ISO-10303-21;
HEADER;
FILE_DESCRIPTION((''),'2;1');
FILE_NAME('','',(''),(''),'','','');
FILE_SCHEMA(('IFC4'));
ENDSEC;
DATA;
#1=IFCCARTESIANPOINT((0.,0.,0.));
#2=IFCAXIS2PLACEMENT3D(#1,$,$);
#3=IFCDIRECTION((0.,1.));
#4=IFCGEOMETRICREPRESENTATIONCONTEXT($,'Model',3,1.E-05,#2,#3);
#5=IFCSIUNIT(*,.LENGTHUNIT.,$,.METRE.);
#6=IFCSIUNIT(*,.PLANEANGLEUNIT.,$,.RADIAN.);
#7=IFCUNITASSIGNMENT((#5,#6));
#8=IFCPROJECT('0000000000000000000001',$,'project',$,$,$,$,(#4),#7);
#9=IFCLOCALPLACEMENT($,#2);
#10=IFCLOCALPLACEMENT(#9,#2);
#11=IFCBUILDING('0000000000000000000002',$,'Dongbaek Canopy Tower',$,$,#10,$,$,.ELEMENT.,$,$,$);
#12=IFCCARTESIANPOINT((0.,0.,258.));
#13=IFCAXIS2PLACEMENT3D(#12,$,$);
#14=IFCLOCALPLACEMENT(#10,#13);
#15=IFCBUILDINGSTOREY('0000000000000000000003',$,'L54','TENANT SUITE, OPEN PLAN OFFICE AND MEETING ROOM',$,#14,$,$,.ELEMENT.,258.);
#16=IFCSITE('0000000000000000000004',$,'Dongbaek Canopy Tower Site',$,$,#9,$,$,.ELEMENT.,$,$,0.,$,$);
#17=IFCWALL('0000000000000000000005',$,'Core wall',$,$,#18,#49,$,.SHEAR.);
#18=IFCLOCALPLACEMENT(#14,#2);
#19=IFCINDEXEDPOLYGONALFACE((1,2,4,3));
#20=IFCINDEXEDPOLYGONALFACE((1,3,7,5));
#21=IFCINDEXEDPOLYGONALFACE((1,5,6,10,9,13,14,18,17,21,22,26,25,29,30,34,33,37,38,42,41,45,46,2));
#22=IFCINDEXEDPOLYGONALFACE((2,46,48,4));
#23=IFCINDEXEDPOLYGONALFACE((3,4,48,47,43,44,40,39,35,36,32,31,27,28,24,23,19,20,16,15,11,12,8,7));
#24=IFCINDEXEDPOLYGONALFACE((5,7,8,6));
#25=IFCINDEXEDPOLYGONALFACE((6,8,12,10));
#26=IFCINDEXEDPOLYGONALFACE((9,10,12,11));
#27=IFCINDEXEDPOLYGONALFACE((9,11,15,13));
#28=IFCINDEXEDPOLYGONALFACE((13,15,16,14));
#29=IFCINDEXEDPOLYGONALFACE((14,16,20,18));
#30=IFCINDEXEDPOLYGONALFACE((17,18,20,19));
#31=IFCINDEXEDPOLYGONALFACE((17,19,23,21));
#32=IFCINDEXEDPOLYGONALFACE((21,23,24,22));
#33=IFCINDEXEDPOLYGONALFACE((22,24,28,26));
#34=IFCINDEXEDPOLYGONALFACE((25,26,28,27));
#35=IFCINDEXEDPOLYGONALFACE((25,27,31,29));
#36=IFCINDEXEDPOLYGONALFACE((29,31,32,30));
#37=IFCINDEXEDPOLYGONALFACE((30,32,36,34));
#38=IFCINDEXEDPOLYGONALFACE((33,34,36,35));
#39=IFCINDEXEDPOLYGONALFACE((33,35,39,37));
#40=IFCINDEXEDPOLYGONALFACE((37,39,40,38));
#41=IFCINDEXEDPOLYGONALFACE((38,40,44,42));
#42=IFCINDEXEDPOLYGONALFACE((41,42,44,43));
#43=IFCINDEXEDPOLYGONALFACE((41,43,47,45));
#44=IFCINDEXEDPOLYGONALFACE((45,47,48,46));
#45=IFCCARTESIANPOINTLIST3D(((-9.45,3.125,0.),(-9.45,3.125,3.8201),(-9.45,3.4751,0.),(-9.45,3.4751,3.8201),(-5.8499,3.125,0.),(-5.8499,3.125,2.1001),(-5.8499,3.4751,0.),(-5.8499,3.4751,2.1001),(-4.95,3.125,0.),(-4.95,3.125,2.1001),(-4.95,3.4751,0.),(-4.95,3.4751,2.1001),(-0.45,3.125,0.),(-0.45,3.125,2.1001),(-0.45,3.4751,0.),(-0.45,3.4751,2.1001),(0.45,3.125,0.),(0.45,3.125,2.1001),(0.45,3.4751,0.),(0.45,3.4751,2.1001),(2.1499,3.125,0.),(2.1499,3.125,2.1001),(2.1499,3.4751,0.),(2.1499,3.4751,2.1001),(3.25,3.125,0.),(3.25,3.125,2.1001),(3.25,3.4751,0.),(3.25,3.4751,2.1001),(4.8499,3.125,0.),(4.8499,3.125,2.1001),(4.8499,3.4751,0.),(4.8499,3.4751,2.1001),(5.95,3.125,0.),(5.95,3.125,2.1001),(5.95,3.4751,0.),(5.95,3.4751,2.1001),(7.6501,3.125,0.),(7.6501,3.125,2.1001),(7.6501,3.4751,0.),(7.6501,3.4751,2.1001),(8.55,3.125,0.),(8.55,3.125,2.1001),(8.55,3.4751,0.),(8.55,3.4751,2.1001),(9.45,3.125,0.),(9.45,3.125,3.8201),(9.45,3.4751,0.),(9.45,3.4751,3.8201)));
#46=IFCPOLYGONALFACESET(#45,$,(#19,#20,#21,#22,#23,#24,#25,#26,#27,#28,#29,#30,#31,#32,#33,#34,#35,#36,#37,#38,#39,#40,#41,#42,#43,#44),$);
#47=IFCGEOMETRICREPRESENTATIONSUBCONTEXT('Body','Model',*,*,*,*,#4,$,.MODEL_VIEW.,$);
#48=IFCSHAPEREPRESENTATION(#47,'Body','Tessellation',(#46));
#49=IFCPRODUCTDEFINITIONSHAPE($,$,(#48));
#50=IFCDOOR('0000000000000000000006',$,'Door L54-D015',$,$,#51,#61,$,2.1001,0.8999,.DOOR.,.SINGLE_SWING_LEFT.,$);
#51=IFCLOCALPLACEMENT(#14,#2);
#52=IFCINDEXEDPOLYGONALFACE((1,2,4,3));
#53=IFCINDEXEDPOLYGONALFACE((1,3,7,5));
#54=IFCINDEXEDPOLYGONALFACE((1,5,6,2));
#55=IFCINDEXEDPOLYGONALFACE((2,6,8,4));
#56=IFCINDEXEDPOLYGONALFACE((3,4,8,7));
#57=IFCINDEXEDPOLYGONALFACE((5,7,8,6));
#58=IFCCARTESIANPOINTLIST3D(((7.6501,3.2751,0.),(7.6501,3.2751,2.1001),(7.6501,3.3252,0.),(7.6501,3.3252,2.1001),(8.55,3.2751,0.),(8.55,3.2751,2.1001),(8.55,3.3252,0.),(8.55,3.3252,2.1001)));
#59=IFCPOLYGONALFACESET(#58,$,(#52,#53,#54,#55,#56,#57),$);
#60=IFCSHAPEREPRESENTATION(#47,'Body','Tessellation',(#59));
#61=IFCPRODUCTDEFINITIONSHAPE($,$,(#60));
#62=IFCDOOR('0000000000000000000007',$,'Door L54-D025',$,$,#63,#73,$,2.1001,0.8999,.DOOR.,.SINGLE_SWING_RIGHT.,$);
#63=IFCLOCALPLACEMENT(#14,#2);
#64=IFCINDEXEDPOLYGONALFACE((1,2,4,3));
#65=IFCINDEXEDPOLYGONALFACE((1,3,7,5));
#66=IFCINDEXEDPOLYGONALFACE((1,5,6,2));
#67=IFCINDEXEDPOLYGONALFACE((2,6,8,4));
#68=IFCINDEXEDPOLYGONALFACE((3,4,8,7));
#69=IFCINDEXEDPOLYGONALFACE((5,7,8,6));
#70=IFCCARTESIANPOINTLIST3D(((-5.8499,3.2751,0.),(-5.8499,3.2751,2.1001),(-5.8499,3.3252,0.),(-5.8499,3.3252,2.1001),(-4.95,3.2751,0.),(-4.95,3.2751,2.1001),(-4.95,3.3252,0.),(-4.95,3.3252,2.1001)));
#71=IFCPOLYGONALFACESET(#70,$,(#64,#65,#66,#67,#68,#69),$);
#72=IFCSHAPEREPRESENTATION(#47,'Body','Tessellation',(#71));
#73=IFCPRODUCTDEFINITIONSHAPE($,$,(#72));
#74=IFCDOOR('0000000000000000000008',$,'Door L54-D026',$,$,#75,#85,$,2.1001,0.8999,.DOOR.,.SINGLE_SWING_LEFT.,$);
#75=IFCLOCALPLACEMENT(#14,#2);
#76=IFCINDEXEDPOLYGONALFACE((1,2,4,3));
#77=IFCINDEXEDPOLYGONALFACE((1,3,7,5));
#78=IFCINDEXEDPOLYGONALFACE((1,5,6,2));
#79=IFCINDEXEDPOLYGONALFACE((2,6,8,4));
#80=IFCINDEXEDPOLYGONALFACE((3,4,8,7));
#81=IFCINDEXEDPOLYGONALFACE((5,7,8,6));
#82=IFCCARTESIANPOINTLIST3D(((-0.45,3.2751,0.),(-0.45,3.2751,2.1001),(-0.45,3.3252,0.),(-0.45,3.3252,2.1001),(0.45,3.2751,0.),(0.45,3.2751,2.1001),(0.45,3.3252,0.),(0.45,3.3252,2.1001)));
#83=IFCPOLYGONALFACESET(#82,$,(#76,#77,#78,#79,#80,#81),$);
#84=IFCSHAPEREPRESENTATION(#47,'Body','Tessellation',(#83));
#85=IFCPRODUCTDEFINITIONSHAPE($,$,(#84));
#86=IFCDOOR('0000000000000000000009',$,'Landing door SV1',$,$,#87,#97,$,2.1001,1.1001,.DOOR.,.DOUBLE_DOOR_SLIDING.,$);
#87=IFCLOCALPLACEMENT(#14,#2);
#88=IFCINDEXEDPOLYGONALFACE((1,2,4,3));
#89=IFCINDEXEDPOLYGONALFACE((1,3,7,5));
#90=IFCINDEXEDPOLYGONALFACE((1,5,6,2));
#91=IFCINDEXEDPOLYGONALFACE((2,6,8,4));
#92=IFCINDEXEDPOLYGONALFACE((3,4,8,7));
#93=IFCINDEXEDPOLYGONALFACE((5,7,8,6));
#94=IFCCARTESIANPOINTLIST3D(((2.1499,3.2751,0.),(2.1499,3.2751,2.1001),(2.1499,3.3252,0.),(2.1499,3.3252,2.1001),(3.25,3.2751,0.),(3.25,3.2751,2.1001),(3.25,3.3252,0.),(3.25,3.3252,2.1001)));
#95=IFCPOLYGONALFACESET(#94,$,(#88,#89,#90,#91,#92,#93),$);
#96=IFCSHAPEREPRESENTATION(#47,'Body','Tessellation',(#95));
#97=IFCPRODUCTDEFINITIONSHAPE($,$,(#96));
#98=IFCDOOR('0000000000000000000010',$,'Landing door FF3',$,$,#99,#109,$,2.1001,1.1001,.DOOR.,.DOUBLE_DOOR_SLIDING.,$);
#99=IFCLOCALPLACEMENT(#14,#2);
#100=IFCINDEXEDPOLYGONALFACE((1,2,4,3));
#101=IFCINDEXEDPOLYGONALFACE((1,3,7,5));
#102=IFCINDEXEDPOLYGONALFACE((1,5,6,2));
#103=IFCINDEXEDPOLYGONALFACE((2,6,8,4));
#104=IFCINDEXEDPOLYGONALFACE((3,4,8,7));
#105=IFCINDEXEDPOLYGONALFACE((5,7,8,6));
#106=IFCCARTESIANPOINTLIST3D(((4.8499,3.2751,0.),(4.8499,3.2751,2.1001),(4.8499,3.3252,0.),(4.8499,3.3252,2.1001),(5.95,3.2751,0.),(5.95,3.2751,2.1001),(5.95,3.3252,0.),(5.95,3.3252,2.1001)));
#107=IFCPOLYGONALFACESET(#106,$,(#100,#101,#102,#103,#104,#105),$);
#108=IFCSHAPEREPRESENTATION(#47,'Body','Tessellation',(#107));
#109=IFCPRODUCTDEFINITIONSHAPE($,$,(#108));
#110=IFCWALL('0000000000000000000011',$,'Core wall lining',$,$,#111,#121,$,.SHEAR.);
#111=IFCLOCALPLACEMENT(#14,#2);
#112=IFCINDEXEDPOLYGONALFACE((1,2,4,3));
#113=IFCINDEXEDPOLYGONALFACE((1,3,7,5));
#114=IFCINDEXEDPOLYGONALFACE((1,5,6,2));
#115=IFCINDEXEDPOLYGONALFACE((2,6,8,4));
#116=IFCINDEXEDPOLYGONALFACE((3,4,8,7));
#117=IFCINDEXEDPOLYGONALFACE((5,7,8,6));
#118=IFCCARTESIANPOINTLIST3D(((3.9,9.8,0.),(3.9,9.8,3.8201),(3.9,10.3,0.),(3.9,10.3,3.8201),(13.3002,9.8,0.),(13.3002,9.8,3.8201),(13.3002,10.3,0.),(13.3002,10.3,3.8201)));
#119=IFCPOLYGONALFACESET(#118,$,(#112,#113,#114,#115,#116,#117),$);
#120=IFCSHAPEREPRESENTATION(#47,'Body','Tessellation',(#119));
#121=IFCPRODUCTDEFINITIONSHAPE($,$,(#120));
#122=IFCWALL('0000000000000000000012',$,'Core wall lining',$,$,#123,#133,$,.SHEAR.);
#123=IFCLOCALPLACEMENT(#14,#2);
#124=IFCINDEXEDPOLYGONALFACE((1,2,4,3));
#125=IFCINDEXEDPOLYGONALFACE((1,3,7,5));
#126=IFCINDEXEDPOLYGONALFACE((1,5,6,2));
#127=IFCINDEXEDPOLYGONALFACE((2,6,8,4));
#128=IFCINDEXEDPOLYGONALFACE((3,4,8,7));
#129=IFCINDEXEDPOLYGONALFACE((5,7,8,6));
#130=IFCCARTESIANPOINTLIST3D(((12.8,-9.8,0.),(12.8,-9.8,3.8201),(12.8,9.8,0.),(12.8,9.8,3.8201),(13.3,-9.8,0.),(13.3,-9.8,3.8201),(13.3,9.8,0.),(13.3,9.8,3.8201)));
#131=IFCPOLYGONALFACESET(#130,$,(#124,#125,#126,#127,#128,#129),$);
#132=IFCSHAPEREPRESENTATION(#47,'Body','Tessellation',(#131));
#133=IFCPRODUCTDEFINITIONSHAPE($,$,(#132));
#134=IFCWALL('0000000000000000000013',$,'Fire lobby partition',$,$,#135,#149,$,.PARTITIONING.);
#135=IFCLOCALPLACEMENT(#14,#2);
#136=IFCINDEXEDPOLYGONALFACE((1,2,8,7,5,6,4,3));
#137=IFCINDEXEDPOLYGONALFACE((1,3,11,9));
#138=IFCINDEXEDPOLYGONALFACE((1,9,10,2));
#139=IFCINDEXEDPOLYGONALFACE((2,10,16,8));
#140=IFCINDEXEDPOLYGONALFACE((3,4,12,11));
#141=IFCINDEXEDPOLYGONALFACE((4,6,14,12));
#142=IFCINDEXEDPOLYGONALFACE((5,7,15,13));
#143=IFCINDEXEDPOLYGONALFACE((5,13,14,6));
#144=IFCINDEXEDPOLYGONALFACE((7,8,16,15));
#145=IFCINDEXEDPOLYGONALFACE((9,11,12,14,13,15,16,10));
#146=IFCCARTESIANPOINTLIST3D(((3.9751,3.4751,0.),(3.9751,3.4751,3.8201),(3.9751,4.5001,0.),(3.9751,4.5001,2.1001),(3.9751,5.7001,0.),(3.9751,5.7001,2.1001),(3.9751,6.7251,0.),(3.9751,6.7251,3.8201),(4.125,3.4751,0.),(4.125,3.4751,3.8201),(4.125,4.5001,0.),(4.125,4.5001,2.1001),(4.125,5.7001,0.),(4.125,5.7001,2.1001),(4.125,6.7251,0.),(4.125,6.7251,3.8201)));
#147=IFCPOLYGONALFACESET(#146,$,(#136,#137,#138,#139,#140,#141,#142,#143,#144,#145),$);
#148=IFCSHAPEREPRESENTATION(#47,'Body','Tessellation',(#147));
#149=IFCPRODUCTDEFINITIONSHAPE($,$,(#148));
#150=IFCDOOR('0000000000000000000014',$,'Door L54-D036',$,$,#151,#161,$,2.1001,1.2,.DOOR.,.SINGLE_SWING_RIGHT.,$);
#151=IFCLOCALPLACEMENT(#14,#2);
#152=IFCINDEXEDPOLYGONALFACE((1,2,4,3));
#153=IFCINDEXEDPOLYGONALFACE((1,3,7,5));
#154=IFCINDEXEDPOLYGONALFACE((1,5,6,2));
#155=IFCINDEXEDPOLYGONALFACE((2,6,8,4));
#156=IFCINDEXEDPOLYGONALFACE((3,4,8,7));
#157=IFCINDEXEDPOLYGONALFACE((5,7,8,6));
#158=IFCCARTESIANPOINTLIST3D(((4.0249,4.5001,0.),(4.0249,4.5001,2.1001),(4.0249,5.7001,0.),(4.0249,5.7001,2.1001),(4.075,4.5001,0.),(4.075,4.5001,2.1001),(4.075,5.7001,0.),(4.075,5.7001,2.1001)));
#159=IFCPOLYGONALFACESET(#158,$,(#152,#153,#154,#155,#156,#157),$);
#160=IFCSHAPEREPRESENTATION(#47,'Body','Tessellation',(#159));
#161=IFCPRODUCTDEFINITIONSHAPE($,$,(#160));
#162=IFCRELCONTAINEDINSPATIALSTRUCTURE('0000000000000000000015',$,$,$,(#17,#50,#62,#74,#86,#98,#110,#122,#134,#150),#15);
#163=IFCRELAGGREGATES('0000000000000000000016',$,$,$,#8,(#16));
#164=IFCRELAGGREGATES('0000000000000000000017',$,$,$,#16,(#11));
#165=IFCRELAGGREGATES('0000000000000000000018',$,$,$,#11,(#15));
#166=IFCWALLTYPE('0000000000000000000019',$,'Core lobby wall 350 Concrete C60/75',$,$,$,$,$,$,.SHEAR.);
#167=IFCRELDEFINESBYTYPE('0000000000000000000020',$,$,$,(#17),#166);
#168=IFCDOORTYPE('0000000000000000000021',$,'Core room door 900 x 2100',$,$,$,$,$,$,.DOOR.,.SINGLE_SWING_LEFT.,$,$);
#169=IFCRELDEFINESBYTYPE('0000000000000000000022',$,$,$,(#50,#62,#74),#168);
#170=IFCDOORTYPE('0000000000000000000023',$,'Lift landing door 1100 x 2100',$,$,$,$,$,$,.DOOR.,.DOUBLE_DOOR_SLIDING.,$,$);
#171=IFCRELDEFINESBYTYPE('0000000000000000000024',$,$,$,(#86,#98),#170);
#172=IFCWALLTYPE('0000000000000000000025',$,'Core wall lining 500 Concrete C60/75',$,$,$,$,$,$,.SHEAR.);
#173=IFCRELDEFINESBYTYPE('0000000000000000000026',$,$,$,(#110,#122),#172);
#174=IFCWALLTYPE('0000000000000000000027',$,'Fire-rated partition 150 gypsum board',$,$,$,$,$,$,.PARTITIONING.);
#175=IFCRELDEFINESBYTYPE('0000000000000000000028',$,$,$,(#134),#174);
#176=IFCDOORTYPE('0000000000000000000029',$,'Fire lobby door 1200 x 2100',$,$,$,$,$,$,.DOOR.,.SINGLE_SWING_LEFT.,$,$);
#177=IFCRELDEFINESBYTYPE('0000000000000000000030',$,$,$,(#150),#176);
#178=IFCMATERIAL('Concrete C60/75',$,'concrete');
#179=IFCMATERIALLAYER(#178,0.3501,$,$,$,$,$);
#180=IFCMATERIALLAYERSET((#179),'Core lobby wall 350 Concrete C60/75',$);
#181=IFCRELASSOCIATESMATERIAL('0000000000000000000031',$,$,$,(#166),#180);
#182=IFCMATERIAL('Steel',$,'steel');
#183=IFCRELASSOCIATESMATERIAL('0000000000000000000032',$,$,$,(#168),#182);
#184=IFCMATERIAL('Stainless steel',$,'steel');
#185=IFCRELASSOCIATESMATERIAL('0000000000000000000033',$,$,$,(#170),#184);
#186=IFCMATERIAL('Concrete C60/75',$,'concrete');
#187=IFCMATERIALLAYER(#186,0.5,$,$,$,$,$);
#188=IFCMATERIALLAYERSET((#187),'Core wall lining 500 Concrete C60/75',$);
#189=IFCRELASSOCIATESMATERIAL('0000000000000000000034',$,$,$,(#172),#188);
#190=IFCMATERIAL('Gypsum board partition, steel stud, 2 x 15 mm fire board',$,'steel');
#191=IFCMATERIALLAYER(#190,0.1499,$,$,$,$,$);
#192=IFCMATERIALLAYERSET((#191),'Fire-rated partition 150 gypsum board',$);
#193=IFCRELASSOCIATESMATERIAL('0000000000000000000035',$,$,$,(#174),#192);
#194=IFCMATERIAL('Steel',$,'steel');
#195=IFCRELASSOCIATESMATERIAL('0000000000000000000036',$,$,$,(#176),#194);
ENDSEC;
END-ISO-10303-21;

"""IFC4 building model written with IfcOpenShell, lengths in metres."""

from ifc_helpers import new_model, si_unit, direction, frame, frame_2d, origin, place, context, subcontext, project, spatial, rectangle, extrude, material, layer, layer_set, type_object, element, fill, save


model = new_model("IFC4")

# Units and contexts
model_context = context("Model", 3, precision=1e-05, world=origin(), true_north=direction((0.0, 1.0)))
body_context = subcontext(model_context, "Body", "Model", "MODEL_VIEW")
ifc_project = project(units=[si_unit("LENGTHUNIT", "METRE"), si_unit("PLANEANGLEUNIT", "RADIAN")], contexts=[model_context])

# Site, building, storey
site_placement = place(None, origin())
site = spatial("IfcSite", under=ifc_project, at=site_placement, Name="Dongbaek Canopy Tower Site", CompositionType="ELEMENT", RefElevation=0.0)
building_placement = place(site_placement, origin())
building = spatial("IfcBuilding", under=site, at=building_placement, Name="Dongbaek Canopy Tower", CompositionType="ELEMENT")
storey_placement = place(building_placement, frame((0.0, 0.0, 258.0)))
storey = spatial("IfcBuildingStorey", under=building, at=storey_placement, Name="L54", Description="TENANT SUITE, OPEN PLAN OFFICE AND MEETING ROOM", CompositionType="ELEMENT", Elevation=258.0)

# Wall, openings, doors
ifc_material_1 = material(Name="Concrete C60/75", Category="concrete")
ifc_layer_1 = layer(ifc_material_1, 0.3501)
ifc_layer_set_1 = layer_set([ifc_layer_1], Name="Core lobby wall 350 Concrete C60/75")
wall_type_1 = type_object("IfcWallType", Name="Core lobby wall 350 Concrete C60/75", PredefinedType="SHEAR", material=ifc_layer_set_1)
wall_1_placement = place(storey_placement, frame((9.45, 3.3, 0.0), z_axis=(0.0, 0.0, 1.0), x_axis=(-1.0, 0.0, 0.0)))
wall_1 = element("IfcWall", 1, at=wall_1_placement, inside=storey, type_object=wall_type_1, Name="Core wall", PredefinedType="SHEAR", context=body_context, shape_type="SweptSolid", body=[
    extrude(rectangle(XDim=18.8999, YDim=0.3501, at=frame_2d((9.45, 0.0))), origin(), (0.0, 0.0, 1.0), 3.8201),
])
opening_1_placement = place(wall_1_placement, frame((6.2, 0.0, 0.0)))
opening_1 = element("IfcOpeningElement", 2, at=opening_1_placement, cuts=wall_1, PredefinedType="OPENING", context=body_context, shape_type="SweptSolid", body=[
    extrude(rectangle(XDim=1.1001, YDim=2.1001, at=frame_2d((0.55, 1.05))), frame((0.0, 0.1851, 0.0), z_axis=(0.0, -1.0, 0.0), x_axis=(1.0, 0.0, 0.0)), (0.0, 0.0, 1.0), 0.3701),
])
opening_2_placement = place(wall_1_placement, frame((3.5, 0.0, 0.0)))
opening_2 = element("IfcOpeningElement", 3, at=opening_2_placement, cuts=wall_1, PredefinedType="OPENING", context=body_context, shape_type="SweptSolid", body=[
    extrude(rectangle(XDim=1.1001, YDim=2.1001, at=frame_2d((0.55, 1.05))), frame((0.0, 0.1851, 0.0), z_axis=(0.0, -1.0, 0.0), x_axis=(1.0, 0.0, 0.0)), (0.0, 0.0, 1.0), 0.3701),
])
opening_3_placement = place(wall_1_placement, frame((0.8999, 0.0, 0.0)))
opening_3 = element("IfcOpeningElement", 4, at=opening_3_placement, cuts=wall_1, PredefinedType="OPENING", context=body_context, shape_type="SweptSolid", body=[
    extrude(rectangle(XDim=0.8999, YDim=2.1001, at=frame_2d((0.45, 1.05))), frame((0.0, 0.1851, 0.0), z_axis=(0.0, -1.0, 0.0), x_axis=(1.0, 0.0, 0.0)), (0.0, 0.0, 1.0), 0.3701),
])
opening_4_placement = place(wall_1_placement, frame((14.3999, 0.0, 0.0)))
opening_4 = element("IfcOpeningElement", 5, at=opening_4_placement, cuts=wall_1, PredefinedType="OPENING", context=body_context, shape_type="SweptSolid", body=[
    extrude(rectangle(XDim=0.8999, YDim=2.1001, at=frame_2d((0.45, 1.05))), frame((0.0, 0.1851, 0.0), z_axis=(0.0, -1.0, 0.0), x_axis=(1.0, 0.0, 0.0)), (0.0, 0.0, 1.0), 0.3701),
])
opening_5_placement = place(wall_1_placement, frame((9.0, 0.0, 0.0)))
opening_5 = element("IfcOpeningElement", 6, at=opening_5_placement, cuts=wall_1, PredefinedType="OPENING", context=body_context, shape_type="SweptSolid", body=[
    extrude(rectangle(XDim=0.8999, YDim=2.1001, at=frame_2d((0.45, 1.05))), frame((0.0, 0.1851, 0.0), z_axis=(0.0, -1.0, 0.0), x_axis=(1.0, 0.0, 0.0)), (0.0, 0.0, 1.0), 0.3701),
])
ifc_material_2 = material(Name="Steel", Category="steel")
door_type_1 = type_object("IfcDoorType", Name="Core room door 900 x 2100", OperationType="SINGLE_SWING_LEFT", PredefinedType="DOOR", material=ifc_material_2)
door_1_placement = place(opening_3_placement, origin())
door_1 = element("IfcDoor", 7, at=door_1_placement, inside=storey, type_object=door_type_1, Name="Door L54-D015", OperationType="SINGLE_SWING_LEFT", OverallHeight=2.1001, OverallWidth=0.8999, PredefinedType="DOOR", context=body_context, shape_type="SweptSolid", body=[
    extrude(rectangle(XDim=0.8999, YDim=2.1001, at=frame_2d((0.45, 1.05))), frame((0.0, 0.0249, 0.0), z_axis=(0.0, -1.0, 0.0), x_axis=(1.0, 0.0, 0.0)), (0.0, 0.0, 1.0), 0.05),
])
fill(opening_3, door_1)
door_2_placement = place(opening_4_placement, origin())
door_2 = element("IfcDoor", 8, at=door_2_placement, inside=storey, type_object=door_type_1, Name="Door L54-D025", OperationType="SINGLE_SWING_RIGHT", OverallHeight=2.1001, OverallWidth=0.8999, PredefinedType="DOOR", context=body_context, shape_type="SweptSolid", body=[
    extrude(rectangle(XDim=0.8999, YDim=2.1001, at=frame_2d((0.45, 1.05))), frame((0.0, 0.0249, 0.0), z_axis=(0.0, -1.0, 0.0), x_axis=(1.0, 0.0, 0.0)), (0.0, 0.0, 1.0), 0.05),
])
fill(opening_4, door_2)
door_3_placement = place(opening_5_placement, origin())
door_3 = element("IfcDoor", 9, at=door_3_placement, inside=storey, type_object=door_type_1, Name="Door L54-D026", OperationType="SINGLE_SWING_LEFT", OverallHeight=2.1001, OverallWidth=0.8999, PredefinedType="DOOR", context=body_context, shape_type="SweptSolid", body=[
    extrude(rectangle(XDim=0.8999, YDim=2.1001, at=frame_2d((0.45, 1.05))), frame((0.0, 0.0249, 0.0), z_axis=(0.0, -1.0, 0.0), x_axis=(1.0, 0.0, 0.0)), (0.0, 0.0, 1.0), 0.05),
])
fill(opening_5, door_3)
ifc_material_3 = material(Name="Stainless steel", Category="steel")
door_type_2 = type_object("IfcDoorType", Name="Lift landing door 1100 x 2100", OperationType="DOUBLE_DOOR_SLIDING", PredefinedType="DOOR", material=ifc_material_3)
door_4_placement = place(opening_1_placement, origin())
door_4 = element("IfcDoor", 10, at=door_4_placement, inside=storey, type_object=door_type_2, Name="Landing door SV1", OperationType="DOUBLE_DOOR_SLIDING", OverallHeight=2.1001, OverallWidth=1.1001, PredefinedType="DOOR", context=body_context, shape_type="SweptSolid", body=[
    extrude(rectangle(XDim=1.1001, YDim=2.1001, at=frame_2d((0.55, 1.05))), frame((0.0, 0.0249, 0.0), z_axis=(0.0, -1.0, 0.0), x_axis=(1.0, 0.0, 0.0)), (0.0, 0.0, 1.0), 0.05),
])
fill(opening_1, door_4)
door_5_placement = place(opening_2_placement, origin())
door_5 = element("IfcDoor", 11, at=door_5_placement, inside=storey, type_object=door_type_2, Name="Landing door FF3", OperationType="DOUBLE_DOOR_SLIDING", OverallHeight=2.1001, OverallWidth=1.1001, PredefinedType="DOOR", context=body_context, shape_type="SweptSolid", body=[
    extrude(rectangle(XDim=1.1001, YDim=2.1001, at=frame_2d((0.55, 1.05))), frame((0.0, 0.0249, 0.0), z_axis=(0.0, -1.0, 0.0), x_axis=(1.0, 0.0, 0.0)), (0.0, 0.0, 1.0), 0.05),
])
fill(opening_2, door_5)

# Walls
ifc_material_4 = material(Name="Concrete C60/75", Category="concrete")
ifc_layer_2 = layer(ifc_material_4, 0.5)
ifc_layer_set_2 = layer_set([ifc_layer_2], Name="Core wall lining 500 Concrete C60/75")
wall_type_2 = type_object("IfcWallType", Name="Core wall lining 500 Concrete C60/75", PredefinedType="SHEAR", material=ifc_layer_set_2)
wall_2_placement = place(storey_placement, frame((3.8999, 10.05, 0.0), z_axis=(0.0, 0.0, 1.0), x_axis=(1.0, 0.0, 0.0)))
element("IfcWall", 12, at=wall_2_placement, inside=storey, type_object=wall_type_2, Name="Core wall lining", PredefinedType="SHEAR", context=body_context, shape_type="SweptSolid", body=[
    extrude(rectangle(XDim=9.4001, YDim=0.5, at=frame_2d((4.7002, 0.0))), origin(), (0.0, 0.0, 1.0), 3.8201),
])
wall_3_placement = place(storey_placement, frame((13.05, 9.8, 0.0), z_axis=(0.0, 0.0, 1.0), x_axis=(0.0, -1.0, 0.0)))
element("IfcWall", 13, at=wall_3_placement, inside=storey, type_object=wall_type_2, Name="Core wall lining", PredefinedType="SHEAR", context=body_context, shape_type="SweptSolid", body=[
    extrude(rectangle(XDim=19.6001, YDim=0.5, at=frame_2d((9.8, 0.0))), origin(), (0.0, 0.0, 1.0), 3.8201),
])

# Wall, opening, door
ifc_material_5 = material(Name="Gypsum board partition, steel stud, 2 x 15 mm fire board", Category="steel")
ifc_layer_3 = layer(ifc_material_5, 0.1499)
ifc_layer_set_3 = layer_set([ifc_layer_3], Name="Fire-rated partition 150 gypsum board")
wall_type_3 = type_object("IfcWallType", Name="Fire-rated partition 150 gypsum board", PredefinedType="PARTITIONING", material=ifc_layer_set_3)
wall_4_placement = place(storey_placement, frame((4.05, 6.7251, 0.0), z_axis=(0.0, 0.0, 1.0), x_axis=(0.0, -1.0, 0.0)))
wall_4 = element("IfcWall", 14, at=wall_4_placement, inside=storey, type_object=wall_type_3, Name="Fire lobby partition", PredefinedType="PARTITIONING", context=body_context, shape_type="SweptSolid", body=[
    extrude(rectangle(XDim=3.25, YDim=0.1499, at=frame_2d((1.625, 0.0))), origin(), (0.0, 0.0, 1.0), 3.8201),
])
opening_6_placement = place(wall_4_placement, frame((1.0249, 0.0, 0.0)))
opening_6 = element("IfcOpeningElement", 15, at=opening_6_placement, cuts=wall_4, PredefinedType="OPENING", context=body_context, shape_type="SweptSolid", body=[
    extrude(rectangle(XDim=1.2, YDim=2.1001, at=frame_2d((0.6001, 1.05))), frame((0.0, 0.085, 0.0), z_axis=(0.0, -1.0, 0.0), x_axis=(1.0, 0.0, 0.0)), (0.0, 0.0, 1.0), 0.1699),
])
ifc_material_6 = material(Name="Steel", Category="steel")
door_type_3 = type_object("IfcDoorType", Name="Fire lobby door 1200 x 2100", OperationType="SINGLE_SWING_LEFT", PredefinedType="DOOR", material=ifc_material_6)
door_6_placement = place(opening_6_placement, origin())
door_6 = element("IfcDoor", 16, at=door_6_placement, inside=storey, type_object=door_type_3, Name="Door L54-D036", OperationType="SINGLE_SWING_RIGHT", OverallHeight=2.1001, OverallWidth=1.2, PredefinedType="DOOR", context=body_context, shape_type="SweptSolid", body=[
    extrude(rectangle(XDim=1.2, YDim=2.1001, at=frame_2d((0.6001, 1.05))), frame((0.0, 0.0249, 0.0), z_axis=(0.0, -1.0, 0.0), x_axis=(1.0, 0.0, 0.0)), (0.0, 0.0, 1.0), 0.05),
])
fill(opening_6, door_6)

save(model, "model.ifc")
